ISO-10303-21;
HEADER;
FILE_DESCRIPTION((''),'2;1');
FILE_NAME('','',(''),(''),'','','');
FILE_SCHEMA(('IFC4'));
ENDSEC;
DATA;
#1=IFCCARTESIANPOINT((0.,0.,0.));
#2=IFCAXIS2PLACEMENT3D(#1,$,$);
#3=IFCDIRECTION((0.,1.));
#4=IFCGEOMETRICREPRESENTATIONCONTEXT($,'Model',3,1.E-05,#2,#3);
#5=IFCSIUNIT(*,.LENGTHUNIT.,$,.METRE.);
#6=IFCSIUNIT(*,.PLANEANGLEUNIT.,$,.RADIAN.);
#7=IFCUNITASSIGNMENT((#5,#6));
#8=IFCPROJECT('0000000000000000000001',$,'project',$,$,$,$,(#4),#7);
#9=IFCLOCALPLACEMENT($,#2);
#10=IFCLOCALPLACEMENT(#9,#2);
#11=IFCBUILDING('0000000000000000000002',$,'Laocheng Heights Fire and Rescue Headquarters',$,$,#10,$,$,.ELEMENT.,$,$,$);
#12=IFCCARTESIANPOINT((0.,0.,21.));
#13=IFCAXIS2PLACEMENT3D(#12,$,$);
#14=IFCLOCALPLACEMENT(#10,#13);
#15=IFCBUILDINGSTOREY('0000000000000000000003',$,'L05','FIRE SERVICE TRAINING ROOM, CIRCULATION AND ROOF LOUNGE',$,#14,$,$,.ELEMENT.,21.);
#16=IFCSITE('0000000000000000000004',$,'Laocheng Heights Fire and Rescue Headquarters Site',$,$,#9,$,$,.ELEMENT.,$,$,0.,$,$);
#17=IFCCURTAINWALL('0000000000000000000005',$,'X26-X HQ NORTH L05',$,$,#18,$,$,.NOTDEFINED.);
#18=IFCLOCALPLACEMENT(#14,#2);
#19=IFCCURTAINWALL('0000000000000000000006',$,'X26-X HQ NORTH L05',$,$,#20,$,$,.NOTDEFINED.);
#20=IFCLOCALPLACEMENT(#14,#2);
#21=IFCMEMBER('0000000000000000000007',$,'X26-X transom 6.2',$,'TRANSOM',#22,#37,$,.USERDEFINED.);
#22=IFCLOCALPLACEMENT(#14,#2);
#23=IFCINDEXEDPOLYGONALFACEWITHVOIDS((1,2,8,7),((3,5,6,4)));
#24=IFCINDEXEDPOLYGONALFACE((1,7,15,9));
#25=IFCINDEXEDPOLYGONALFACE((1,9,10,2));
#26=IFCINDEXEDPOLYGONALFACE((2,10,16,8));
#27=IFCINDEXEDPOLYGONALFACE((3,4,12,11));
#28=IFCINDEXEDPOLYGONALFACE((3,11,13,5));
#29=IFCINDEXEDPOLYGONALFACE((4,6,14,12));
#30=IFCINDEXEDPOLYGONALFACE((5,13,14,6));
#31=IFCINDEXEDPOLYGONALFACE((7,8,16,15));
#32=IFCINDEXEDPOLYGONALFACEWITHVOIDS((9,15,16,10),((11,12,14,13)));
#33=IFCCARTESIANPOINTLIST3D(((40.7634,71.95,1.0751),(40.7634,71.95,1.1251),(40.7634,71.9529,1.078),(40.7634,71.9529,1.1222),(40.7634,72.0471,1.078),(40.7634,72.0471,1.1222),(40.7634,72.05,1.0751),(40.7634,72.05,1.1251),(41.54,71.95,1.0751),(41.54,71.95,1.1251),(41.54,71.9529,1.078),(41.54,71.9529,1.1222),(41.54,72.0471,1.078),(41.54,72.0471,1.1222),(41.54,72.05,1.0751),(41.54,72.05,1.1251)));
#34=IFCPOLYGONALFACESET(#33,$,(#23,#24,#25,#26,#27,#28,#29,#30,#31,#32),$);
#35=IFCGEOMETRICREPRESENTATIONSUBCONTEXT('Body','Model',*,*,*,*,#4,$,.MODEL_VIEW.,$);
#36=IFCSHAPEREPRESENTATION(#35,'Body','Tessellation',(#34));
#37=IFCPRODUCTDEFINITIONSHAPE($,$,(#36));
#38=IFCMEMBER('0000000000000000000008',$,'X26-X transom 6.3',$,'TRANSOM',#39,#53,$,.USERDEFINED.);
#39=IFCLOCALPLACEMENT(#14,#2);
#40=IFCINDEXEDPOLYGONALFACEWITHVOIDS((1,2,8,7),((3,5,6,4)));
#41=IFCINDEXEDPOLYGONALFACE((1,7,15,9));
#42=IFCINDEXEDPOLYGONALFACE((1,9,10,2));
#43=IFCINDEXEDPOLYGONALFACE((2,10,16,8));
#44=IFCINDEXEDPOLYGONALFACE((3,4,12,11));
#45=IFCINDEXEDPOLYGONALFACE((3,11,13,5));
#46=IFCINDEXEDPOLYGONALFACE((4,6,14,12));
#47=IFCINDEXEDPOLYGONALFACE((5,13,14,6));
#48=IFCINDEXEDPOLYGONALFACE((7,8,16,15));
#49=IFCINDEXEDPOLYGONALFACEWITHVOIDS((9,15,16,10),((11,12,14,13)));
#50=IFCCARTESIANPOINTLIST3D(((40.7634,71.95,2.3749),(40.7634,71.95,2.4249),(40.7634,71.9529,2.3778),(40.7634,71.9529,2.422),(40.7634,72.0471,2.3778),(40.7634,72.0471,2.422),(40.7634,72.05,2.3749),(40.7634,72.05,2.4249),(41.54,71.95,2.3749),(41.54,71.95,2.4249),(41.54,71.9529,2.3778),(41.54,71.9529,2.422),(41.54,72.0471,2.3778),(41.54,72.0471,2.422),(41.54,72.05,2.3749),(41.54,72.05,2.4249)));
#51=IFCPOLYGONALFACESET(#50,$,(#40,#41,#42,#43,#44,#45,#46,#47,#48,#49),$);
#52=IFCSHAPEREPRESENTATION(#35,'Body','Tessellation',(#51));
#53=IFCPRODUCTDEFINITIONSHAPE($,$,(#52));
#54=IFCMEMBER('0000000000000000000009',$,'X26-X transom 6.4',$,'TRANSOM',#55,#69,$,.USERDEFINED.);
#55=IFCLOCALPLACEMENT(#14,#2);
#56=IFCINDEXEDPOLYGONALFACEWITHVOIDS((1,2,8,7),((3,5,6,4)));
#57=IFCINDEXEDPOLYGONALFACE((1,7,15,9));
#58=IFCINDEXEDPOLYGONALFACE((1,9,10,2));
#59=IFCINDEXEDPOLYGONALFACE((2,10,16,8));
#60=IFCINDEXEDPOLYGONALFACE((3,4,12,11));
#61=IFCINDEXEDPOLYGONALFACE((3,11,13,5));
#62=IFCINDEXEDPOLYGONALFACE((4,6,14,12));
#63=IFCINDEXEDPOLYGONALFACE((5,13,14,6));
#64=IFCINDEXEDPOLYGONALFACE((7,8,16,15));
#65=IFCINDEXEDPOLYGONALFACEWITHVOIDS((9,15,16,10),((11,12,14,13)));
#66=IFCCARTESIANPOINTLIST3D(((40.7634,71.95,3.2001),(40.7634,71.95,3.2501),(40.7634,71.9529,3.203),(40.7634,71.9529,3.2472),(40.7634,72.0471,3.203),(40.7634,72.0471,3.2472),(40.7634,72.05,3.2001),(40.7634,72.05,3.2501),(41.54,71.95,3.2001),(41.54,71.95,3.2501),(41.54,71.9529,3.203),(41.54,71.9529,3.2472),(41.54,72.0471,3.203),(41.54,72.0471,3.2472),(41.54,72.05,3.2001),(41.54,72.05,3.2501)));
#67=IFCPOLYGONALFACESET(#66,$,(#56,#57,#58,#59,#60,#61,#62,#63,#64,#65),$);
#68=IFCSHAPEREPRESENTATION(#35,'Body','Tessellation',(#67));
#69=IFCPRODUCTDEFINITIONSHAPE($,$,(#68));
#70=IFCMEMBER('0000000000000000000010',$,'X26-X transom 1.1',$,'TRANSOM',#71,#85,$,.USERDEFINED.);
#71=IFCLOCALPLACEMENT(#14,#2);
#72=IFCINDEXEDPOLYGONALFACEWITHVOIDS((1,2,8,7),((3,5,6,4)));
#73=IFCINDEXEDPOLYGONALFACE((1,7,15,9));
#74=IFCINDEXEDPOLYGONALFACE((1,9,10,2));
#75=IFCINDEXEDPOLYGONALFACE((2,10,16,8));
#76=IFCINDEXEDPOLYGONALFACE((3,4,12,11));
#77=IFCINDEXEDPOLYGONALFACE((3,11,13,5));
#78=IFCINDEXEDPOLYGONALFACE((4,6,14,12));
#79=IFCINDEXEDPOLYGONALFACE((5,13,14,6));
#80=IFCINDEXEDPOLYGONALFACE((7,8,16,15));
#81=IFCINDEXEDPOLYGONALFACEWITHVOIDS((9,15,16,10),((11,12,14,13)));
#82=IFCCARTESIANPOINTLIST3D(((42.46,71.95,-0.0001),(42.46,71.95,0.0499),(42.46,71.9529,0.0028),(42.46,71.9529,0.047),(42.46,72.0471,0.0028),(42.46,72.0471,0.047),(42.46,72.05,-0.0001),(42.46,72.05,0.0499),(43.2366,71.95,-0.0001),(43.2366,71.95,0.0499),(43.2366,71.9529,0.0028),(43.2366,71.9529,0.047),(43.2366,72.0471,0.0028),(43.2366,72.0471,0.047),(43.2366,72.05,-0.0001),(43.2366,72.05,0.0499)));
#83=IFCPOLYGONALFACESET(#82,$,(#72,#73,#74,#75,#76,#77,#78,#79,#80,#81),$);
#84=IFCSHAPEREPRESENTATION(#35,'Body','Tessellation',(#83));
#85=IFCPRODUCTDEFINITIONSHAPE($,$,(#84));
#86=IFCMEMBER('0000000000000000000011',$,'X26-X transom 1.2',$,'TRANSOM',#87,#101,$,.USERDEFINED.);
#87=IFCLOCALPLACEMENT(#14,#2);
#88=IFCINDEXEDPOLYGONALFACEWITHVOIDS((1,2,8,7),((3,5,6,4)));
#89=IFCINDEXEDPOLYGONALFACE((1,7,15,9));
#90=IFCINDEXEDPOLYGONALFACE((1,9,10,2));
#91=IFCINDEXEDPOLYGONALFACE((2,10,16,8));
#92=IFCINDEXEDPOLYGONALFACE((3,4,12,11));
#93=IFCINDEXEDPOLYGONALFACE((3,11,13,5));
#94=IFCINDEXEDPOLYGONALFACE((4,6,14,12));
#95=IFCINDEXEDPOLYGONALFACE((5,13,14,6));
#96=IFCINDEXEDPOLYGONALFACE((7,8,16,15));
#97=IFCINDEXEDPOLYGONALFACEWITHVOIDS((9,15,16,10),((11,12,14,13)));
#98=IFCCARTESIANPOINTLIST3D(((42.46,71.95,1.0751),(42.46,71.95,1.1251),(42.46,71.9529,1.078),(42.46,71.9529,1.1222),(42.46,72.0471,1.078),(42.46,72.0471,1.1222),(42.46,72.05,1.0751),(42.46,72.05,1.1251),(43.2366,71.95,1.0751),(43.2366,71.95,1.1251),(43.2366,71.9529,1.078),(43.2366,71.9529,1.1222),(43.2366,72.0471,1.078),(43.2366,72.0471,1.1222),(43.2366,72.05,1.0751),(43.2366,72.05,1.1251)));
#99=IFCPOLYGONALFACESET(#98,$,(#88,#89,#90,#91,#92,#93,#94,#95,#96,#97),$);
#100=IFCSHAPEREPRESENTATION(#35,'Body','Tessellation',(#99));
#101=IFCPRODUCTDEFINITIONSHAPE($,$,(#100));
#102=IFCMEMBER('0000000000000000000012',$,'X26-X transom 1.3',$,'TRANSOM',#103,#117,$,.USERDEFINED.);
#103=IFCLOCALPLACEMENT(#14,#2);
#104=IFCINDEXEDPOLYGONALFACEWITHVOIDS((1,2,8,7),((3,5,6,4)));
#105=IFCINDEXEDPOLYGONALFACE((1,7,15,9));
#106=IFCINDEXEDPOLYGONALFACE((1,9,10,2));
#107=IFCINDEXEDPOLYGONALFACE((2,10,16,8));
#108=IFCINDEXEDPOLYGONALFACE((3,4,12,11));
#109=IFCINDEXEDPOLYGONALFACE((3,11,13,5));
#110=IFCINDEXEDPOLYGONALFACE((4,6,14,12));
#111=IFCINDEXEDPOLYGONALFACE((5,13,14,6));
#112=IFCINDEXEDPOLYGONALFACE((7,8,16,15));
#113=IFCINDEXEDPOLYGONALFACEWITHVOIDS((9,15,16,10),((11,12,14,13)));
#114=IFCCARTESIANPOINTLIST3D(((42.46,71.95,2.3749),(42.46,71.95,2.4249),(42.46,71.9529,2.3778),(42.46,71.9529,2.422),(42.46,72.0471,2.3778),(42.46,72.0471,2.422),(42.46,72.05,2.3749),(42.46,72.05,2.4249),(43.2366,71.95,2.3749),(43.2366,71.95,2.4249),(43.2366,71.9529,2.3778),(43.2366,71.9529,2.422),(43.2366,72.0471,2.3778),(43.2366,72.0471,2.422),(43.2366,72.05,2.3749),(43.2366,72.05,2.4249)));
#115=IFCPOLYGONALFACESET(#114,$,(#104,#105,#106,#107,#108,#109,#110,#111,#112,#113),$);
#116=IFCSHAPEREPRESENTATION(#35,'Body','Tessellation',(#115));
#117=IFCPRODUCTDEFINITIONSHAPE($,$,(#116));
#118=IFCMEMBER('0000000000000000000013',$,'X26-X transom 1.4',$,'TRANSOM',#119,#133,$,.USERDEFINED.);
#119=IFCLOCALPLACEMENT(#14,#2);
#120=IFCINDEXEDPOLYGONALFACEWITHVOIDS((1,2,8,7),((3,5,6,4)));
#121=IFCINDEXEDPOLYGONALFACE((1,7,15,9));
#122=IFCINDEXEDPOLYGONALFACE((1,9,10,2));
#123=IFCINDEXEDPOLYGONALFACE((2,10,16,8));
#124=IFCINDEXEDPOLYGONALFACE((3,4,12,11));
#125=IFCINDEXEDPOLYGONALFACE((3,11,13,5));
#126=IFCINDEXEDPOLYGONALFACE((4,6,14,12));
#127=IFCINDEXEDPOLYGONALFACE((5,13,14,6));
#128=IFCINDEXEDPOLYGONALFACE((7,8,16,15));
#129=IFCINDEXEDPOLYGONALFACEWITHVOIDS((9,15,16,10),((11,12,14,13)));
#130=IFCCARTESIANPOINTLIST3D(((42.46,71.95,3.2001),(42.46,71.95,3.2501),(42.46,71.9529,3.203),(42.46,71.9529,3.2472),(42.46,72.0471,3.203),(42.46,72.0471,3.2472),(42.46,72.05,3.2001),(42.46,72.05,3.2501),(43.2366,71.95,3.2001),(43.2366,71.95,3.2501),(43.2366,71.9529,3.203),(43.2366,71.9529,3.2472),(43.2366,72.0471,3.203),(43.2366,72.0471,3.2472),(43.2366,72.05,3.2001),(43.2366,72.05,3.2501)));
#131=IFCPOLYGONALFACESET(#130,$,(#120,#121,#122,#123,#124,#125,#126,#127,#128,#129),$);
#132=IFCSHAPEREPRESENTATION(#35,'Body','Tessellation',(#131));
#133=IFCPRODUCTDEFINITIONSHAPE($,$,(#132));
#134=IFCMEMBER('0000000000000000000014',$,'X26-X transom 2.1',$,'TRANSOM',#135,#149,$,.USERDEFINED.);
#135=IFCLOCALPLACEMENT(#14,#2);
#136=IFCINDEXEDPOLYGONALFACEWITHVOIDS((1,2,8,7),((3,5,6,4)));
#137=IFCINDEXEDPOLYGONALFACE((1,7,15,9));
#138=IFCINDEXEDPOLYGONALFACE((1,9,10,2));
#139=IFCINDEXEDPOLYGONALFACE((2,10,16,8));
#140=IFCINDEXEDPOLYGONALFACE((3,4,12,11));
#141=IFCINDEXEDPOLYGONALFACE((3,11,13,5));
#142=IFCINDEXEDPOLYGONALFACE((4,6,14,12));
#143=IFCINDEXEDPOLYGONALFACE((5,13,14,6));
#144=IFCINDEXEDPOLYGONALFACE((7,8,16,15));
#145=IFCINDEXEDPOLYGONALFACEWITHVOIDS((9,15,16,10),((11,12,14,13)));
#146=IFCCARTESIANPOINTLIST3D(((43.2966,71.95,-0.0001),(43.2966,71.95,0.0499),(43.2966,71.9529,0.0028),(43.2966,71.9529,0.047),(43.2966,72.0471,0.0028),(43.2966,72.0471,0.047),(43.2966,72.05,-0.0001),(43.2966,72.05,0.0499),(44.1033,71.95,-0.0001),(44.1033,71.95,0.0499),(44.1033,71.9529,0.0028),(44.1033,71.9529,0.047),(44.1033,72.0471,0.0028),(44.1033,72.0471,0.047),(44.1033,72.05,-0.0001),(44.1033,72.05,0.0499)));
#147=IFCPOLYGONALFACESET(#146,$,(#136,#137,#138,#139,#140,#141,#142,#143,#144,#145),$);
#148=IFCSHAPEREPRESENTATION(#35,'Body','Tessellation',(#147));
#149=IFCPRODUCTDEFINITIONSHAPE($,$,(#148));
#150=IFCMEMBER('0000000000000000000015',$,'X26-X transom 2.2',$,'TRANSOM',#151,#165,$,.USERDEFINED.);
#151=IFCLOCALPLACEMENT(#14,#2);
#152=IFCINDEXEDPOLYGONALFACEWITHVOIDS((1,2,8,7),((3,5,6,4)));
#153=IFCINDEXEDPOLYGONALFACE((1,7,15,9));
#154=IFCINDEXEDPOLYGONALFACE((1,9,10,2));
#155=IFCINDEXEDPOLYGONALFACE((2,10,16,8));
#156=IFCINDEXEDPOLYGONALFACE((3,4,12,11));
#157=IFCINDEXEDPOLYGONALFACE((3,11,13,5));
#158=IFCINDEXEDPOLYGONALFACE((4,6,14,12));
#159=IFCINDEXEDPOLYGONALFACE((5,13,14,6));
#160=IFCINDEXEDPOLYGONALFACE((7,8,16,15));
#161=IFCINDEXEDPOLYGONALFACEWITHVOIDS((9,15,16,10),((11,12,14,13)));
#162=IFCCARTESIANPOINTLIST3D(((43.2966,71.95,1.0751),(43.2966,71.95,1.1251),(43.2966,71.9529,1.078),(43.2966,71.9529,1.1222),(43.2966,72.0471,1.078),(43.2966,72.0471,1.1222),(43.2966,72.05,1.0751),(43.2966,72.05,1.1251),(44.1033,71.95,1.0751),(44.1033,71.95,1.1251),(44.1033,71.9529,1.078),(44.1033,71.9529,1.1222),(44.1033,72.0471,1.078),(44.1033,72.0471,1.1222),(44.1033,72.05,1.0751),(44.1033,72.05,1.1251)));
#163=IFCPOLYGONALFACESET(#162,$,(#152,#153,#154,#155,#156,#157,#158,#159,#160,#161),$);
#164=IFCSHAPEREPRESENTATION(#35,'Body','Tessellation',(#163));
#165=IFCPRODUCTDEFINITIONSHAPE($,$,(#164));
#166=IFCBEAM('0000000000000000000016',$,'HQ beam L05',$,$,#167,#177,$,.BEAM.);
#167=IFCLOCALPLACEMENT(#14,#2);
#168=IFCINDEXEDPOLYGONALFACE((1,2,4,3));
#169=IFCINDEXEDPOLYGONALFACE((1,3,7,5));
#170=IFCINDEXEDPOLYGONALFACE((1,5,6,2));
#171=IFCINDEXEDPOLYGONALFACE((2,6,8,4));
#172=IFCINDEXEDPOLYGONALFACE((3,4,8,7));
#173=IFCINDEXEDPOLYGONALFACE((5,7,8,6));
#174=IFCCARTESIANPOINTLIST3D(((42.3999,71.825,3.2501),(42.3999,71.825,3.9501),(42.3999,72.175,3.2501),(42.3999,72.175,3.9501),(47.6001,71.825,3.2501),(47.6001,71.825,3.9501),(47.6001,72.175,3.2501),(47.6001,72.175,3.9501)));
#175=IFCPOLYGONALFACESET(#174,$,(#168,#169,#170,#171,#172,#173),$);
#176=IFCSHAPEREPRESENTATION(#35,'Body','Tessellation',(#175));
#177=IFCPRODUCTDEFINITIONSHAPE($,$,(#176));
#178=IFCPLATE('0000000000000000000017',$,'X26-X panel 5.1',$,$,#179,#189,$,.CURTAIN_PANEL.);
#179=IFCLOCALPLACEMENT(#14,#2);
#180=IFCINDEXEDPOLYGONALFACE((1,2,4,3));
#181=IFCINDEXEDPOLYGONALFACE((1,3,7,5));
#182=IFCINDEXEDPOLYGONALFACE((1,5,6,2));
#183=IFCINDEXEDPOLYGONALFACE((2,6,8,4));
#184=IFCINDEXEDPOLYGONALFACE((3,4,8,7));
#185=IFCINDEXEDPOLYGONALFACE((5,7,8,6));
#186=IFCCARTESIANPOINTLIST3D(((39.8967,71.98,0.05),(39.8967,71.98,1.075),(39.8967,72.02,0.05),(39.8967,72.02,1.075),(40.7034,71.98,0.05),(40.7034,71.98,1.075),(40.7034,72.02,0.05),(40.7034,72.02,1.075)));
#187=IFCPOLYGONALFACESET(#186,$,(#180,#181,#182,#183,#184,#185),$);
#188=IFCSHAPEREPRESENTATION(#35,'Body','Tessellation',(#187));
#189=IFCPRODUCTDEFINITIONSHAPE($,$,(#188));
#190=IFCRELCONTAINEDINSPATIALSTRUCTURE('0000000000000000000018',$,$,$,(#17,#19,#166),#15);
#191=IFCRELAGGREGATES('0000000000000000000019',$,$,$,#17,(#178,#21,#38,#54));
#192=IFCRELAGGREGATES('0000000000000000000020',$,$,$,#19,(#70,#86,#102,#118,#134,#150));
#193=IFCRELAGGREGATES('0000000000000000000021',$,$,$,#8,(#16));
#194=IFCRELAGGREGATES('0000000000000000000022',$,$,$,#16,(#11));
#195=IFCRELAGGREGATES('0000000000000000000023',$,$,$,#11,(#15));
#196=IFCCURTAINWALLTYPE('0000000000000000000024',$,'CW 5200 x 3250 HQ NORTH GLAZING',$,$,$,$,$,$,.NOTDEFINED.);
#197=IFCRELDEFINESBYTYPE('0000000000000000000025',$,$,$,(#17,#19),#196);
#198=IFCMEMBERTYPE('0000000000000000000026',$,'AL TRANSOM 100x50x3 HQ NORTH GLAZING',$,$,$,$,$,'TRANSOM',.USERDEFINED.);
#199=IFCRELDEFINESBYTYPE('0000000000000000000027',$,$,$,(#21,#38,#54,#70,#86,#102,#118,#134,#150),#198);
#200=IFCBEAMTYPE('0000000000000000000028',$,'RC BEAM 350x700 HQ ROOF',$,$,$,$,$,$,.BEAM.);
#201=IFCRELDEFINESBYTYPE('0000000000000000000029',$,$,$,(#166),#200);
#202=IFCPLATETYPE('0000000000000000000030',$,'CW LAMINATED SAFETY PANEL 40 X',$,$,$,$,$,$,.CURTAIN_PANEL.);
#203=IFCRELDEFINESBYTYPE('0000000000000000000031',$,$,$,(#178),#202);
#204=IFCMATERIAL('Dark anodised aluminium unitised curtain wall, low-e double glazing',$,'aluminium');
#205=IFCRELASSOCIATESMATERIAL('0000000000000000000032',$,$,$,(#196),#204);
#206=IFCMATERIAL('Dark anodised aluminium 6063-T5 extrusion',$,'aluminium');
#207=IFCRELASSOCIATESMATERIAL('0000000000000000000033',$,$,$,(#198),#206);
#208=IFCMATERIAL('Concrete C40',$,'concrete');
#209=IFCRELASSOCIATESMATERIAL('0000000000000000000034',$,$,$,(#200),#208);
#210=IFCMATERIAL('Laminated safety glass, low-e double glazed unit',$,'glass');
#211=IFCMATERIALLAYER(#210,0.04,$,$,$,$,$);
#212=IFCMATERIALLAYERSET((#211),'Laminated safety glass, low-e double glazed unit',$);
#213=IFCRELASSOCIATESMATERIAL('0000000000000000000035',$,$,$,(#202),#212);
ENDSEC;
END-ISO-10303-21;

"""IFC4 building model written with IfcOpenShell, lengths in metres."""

from ifc_helpers import new_model, si_unit, direction, frame, origin, origin_2d, place, context, subcontext, project, spatial, rectangle, hollow_rectangle, extrude, material, layer, layer_set, material_profile, profile_set, type_object, element, aggregate, save


model = new_model("IFC4")

# Units and contexts
model_context = context("Model", 3, precision=1e-05, world=origin(), true_north=direction((0.0, 1.0)))
body_context = subcontext(model_context, "Body", "Model", "MODEL_VIEW")
ifc_project = project(units=[si_unit("LENGTHUNIT", "METRE"), si_unit("PLANEANGLEUNIT", "RADIAN")], contexts=[model_context])

# Site, building, storey
site_placement = place(None, origin())
site = spatial("IfcSite", under=ifc_project, at=site_placement, Name="Laocheng Heights Fire and Rescue Headquarters Site", CompositionType="ELEMENT", RefElevation=0.0)
building_placement = place(site_placement, origin())
building = spatial("IfcBuilding", under=site, at=building_placement, Name="Laocheng Heights Fire and Rescue Headquarters", CompositionType="ELEMENT")
storey_placement = place(building_placement, frame((0.0, 0.0, 21.0)))
storey = spatial("IfcBuildingStorey", under=building, at=storey_placement, Name="L05", Description="FIRE SERVICE TRAINING ROOM, CIRCULATION AND ROOF LOUNGE", CompositionType="ELEMENT", Elevation=21.0)

# Curtain walls
ifc_material_1 = material(Name="Dark anodised aluminium unitised curtain wall, low-e double glazing", Category="aluminium")
curtain_wall_type = type_object("IfcCurtainWallType", Name="CW 5200 x 3250 HQ NORTH GLAZING", PredefinedType="NOTDEFINED", material=ifc_material_1)
curtain_wall_1_placement = place(storey_placement, origin())
curtain_wall_1 = element("IfcCurtainWall", 1, at=curtain_wall_1_placement, inside=storey, type_object=curtain_wall_type, Name="X26-X HQ NORTH L05", PredefinedType="NOTDEFINED")
curtain_wall_2_placement = place(storey_placement, origin())
curtain_wall_2 = element("IfcCurtainWall", 2, at=curtain_wall_2_placement, inside=storey, type_object=curtain_wall_type, Name="X26-X HQ NORTH L05", PredefinedType="NOTDEFINED")

# Members
ifc_material_2 = material(Name="Dark anodised aluminium 6063-T5 extrusion", Category="aluminium")
ifc_material_profile_1 = material_profile(ifc_material_2, hollow_rectangle(XDim=0.1001, YDim=0.05, WallThickness=0.0029, at=origin_2d()), Name="AL TRANSOM 100x50x3 HQ NORTH GLAZING")
ifc_profile_set_1 = profile_set([ifc_material_profile_1], Name="Dark anodised aluminium 6063-T5 extrusion")
member_type_1 = type_object("IfcMemberType", Name="AL TRANSOM 100x50x3 HQ NORTH GLAZING", ElementType="TRANSOM", PredefinedType="USERDEFINED", material=ifc_profile_set_1)
member_1_placement = place(storey_placement, frame((40.7634, 72.0, 1.1001), z_axis=(1.0, 0.0, 0.0), x_axis=(0.0, 1.0, 0.0)))
member_1 = element("IfcMember", 3, at=member_1_placement, type_object=member_type_1, Name="X26-X transom 6.2", ObjectType="TRANSOM", PredefinedType="USERDEFINED", context=body_context, shape_type="SweptSolid", body=[
    extrude(hollow_rectangle(XDim=0.1001, YDim=0.05, WallThickness=0.0029, at=origin_2d()), origin(), (0.0, 0.0, 1.0), 0.7766),
])
member_2_placement = place(storey_placement, frame((40.7634, 72.0, 2.3999), z_axis=(1.0, 0.0, 0.0), x_axis=(0.0, 1.0, 0.0)))
member_2 = element("IfcMember", 4, at=member_2_placement, type_object=member_type_1, Name="X26-X transom 6.3", ObjectType="TRANSOM", PredefinedType="USERDEFINED", context=body_context, shape_type="SweptSolid", body=[
    extrude(hollow_rectangle(XDim=0.1001, YDim=0.05, WallThickness=0.0029, at=origin_2d()), origin(), (0.0, 0.0, 1.0), 0.7766),
])
member_3_placement = place(storey_placement, frame((40.7634, 72.0, 3.2251), z_axis=(1.0, 0.0, 0.0), x_axis=(0.0, 1.0, 0.0)))
member_3 = element("IfcMember", 5, at=member_3_placement, type_object=member_type_1, Name="X26-X transom 6.4", ObjectType="TRANSOM", PredefinedType="USERDEFINED", context=body_context, shape_type="SweptSolid", body=[
    extrude(hollow_rectangle(XDim=0.1001, YDim=0.05, WallThickness=0.0029, at=origin_2d()), origin(), (0.0, 0.0, 1.0), 0.7766),
])
member_4_placement = place(storey_placement, frame((42.46, 72.0, 0.0249), z_axis=(1.0, 0.0, 0.0), x_axis=(0.0, 1.0, 0.0)))
member_4 = element("IfcMember", 6, at=member_4_placement, type_object=member_type_1, Name="X26-X transom 1.1", ObjectType="TRANSOM", PredefinedType="USERDEFINED", context=body_context, shape_type="SweptSolid", body=[
    extrude(hollow_rectangle(XDim=0.1001, YDim=0.05, WallThickness=0.0029, at=origin_2d()), origin(), (0.0, 0.0, 1.0), 0.7766),
])
member_5_placement = place(storey_placement, frame((42.46, 72.0, 1.1001), z_axis=(1.0, 0.0, 0.0), x_axis=(0.0, 1.0, 0.0)))
member_5 = element("IfcMember", 7, at=member_5_placement, type_object=member_type_1, Name="X26-X transom 1.2", ObjectType="TRANSOM", PredefinedType="USERDEFINED", context=body_context, shape_type="SweptSolid", body=[
    extrude(hollow_rectangle(XDim=0.1001, YDim=0.05, WallThickness=0.0029, at=origin_2d()), origin(), (0.0, 0.0, 1.0), 0.7766),
])
member_6_placement = place(storey_placement, frame((42.46, 72.0, 2.3999), z_axis=(1.0, 0.0, 0.0), x_axis=(0.0, 1.0, 0.0)))
member_6 = element("IfcMember", 8, at=member_6_placement, type_object=member_type_1, Name="X26-X transom 1.3", ObjectType="TRANSOM", PredefinedType="USERDEFINED", context=body_context, shape_type="SweptSolid", body=[
    extrude(hollow_rectangle(XDim=0.1001, YDim=0.05, WallThickness=0.0029, at=origin_2d()), origin(), (0.0, 0.0, 1.0), 0.7766),
])
member_7_placement = place(storey_placement, frame((42.46, 72.0, 3.2251), z_axis=(1.0, 0.0, 0.0), x_axis=(0.0, 1.0, 0.0)))
member_7 = element("IfcMember", 9, at=member_7_placement, type_object=member_type_1, Name="X26-X transom 1.4", ObjectType="TRANSOM", PredefinedType="USERDEFINED", context=body_context, shape_type="SweptSolid", body=[
    extrude(hollow_rectangle(XDim=0.1001, YDim=0.05, WallThickness=0.0029, at=origin_2d()), origin(), (0.0, 0.0, 1.0), 0.7766),
])
member_8_placement = place(storey_placement, frame((43.2966, 72.0, 0.0249), z_axis=(1.0, 0.0, 0.0), x_axis=(0.0, 1.0, 0.0)))
member_8 = element("IfcMember", 10, at=member_8_placement, type_object=member_type_1, Name="X26-X transom 2.1", ObjectType="TRANSOM", PredefinedType="USERDEFINED", context=body_context, shape_type="SweptSolid", body=[
    extrude(hollow_rectangle(XDim=0.1001, YDim=0.05, WallThickness=0.0029, at=origin_2d()), origin(), (0.0, 0.0, 1.0), 0.8066),
])
member_9_placement = place(storey_placement, frame((43.2966, 72.0, 1.1001), z_axis=(1.0, 0.0, 0.0), x_axis=(0.0, 1.0, 0.0)))
member_9 = element("IfcMember", 11, at=member_9_placement, type_object=member_type_1, Name="X26-X transom 2.2", ObjectType="TRANSOM", PredefinedType="USERDEFINED", context=body_context, shape_type="SweptSolid", body=[
    extrude(hollow_rectangle(XDim=0.1001, YDim=0.05, WallThickness=0.0029, at=origin_2d()), origin(), (0.0, 0.0, 1.0), 0.8066),
])

# Beam
ifc_material_3 = material(Name="Concrete C40", Category="concrete")
ifc_material_profile_2 = material_profile(ifc_material_3, rectangle(XDim=0.3501, YDim=0.7, at=origin_2d()), Name="RC BEAM 350x700 HQ ROOF")
ifc_profile_set_2 = profile_set([ifc_material_profile_2], Name="Concrete C40")
beam_type = type_object("IfcBeamType", Name="RC BEAM 350x700 HQ ROOF", PredefinedType="BEAM", material=ifc_profile_set_2)
beam_placement = place(storey_placement, frame((42.3999, 72.0, 3.6001), z_axis=(1.0, 0.0, 0.0), x_axis=(0.0, 1.0, 0.0)))
element("IfcBeam", 12, at=beam_placement, inside=storey, type_object=beam_type, Name="HQ beam L05", PredefinedType="BEAM", context=body_context, shape_type="SweptSolid", body=[
    extrude(rectangle(XDim=0.3501, YDim=0.7, at=origin_2d()), origin(), (0.0, 0.0, 1.0), 5.2002),
])

# Plate
ifc_material_4 = material(Name="Laminated safety glass, low-e double glazed unit", Category="glass")
ifc_layer_1 = layer(ifc_material_4, 0.04)
ifc_layer_set_1 = layer_set([ifc_layer_1], Name="Laminated safety glass, low-e double glazed unit")
plate_type_1 = type_object("IfcPlateType", Name="CW LAMINATED SAFETY PANEL 40 X", PredefinedType="CURTAIN_PANEL", material=ifc_layer_set_1)
plate_1_placement = place(storey_placement, frame((40.3, 72.0, 0.05), z_axis=(0.0, 0.0, 1.0), x_axis=(1.0, 0.0, 0.0)))
plate_1 = element("IfcPlate", 13, at=plate_1_placement, type_object=plate_type_1, Name="X26-X panel 5.1", PredefinedType="CURTAIN_PANEL", context=body_context, shape_type="SweptSolid", body=[
    extrude(rectangle(XDim=0.8066, YDim=0.04, at=origin_2d()), origin(), (0.0, 0.0, 1.0), 1.0249),
])
aggregate(curtain_wall_1, [plate_1, member_1, member_2, member_3])
aggregate(curtain_wall_2, [member_4, member_5, member_6, member_7, member_8, member_9])

save(model, "model.ifc")
